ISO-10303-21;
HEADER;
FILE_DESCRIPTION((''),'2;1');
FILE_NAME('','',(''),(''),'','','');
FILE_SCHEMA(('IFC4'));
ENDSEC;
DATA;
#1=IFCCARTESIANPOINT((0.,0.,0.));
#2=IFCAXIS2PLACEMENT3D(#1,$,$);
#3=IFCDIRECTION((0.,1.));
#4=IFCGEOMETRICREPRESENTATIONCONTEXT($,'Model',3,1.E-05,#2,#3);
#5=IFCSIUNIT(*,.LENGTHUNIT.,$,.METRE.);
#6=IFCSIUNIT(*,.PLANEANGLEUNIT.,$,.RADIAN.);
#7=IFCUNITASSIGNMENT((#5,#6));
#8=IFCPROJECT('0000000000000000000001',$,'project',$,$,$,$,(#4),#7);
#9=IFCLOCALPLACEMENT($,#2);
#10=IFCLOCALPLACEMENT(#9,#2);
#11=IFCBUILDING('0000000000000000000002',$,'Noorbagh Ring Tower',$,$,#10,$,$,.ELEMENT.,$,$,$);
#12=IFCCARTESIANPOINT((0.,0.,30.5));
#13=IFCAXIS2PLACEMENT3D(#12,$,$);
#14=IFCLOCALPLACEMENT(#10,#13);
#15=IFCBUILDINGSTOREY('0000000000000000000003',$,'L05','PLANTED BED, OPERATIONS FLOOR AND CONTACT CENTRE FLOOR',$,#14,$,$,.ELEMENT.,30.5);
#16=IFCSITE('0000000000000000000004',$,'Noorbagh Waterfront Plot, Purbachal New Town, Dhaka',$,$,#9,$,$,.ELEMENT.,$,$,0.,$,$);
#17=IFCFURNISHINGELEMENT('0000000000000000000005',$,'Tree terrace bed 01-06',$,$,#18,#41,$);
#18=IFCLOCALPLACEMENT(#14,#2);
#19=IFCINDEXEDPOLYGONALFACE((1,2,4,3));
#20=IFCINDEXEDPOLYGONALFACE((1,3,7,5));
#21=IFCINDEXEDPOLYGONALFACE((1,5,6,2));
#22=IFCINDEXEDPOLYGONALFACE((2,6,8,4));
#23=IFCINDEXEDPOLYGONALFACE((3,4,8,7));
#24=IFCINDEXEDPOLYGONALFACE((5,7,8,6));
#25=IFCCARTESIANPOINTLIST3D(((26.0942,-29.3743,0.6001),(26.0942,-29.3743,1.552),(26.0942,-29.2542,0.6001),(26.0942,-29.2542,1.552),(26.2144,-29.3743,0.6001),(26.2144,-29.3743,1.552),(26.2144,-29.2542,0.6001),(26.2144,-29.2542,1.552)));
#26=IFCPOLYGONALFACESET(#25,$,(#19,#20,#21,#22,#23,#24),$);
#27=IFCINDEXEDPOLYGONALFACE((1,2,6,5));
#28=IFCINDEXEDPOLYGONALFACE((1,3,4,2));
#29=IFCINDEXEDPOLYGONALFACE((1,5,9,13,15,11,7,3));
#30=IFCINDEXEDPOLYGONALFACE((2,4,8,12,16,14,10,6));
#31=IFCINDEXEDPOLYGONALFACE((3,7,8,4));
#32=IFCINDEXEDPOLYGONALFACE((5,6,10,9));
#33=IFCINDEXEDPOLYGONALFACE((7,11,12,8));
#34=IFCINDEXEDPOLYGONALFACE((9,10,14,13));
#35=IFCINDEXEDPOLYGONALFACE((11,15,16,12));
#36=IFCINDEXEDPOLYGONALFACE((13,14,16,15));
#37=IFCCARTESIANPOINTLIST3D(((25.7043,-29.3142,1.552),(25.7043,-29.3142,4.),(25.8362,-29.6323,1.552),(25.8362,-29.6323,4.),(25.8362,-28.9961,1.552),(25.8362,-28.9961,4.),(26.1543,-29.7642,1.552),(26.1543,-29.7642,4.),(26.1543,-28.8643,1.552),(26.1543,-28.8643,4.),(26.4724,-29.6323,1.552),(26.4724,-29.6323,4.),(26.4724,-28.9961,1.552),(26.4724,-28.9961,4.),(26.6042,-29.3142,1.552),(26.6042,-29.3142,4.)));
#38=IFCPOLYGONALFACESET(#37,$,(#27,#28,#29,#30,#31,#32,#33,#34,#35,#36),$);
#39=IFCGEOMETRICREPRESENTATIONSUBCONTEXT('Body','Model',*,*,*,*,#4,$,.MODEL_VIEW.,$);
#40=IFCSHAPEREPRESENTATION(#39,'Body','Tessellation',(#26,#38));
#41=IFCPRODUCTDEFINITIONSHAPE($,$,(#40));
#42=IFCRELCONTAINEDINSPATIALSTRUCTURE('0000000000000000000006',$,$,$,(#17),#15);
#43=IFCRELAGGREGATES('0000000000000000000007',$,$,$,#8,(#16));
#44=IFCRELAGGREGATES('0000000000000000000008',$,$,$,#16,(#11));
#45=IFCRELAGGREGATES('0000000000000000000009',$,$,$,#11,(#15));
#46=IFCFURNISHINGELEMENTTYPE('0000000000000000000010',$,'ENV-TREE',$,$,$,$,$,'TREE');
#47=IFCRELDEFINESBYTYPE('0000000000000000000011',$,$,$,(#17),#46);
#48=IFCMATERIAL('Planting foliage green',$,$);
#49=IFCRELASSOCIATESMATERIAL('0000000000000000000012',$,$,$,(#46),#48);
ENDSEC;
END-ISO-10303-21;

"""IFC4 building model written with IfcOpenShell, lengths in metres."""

from ifc_helpers import new_model, si_unit, direction, frame, origin, origin_2d, place, context, subcontext, project, spatial, polyline, rectangle, outline, extrude, material, type_object, element, save


model = new_model("IFC4")

# Units and contexts
model_context = context("Model", 3, precision=1e-05, world=origin(), true_north=direction((0.0, 1.0)))
body_context = subcontext(model_context, "Body", "Model", "MODEL_VIEW")
ifc_project = project(units=[si_unit("LENGTHUNIT", "METRE"), si_unit("PLANEANGLEUNIT", "RADIAN")], contexts=[model_context])

# Site, building, storey
site_placement = place(None, origin())
site = spatial("IfcSite", under=ifc_project, at=site_placement, Name="Noorbagh Waterfront Plot, Purbachal New Town, Dhaka", CompositionType="ELEMENT", RefElevation=0.0)
building_placement = place(site_placement, origin())
building = spatial("IfcBuilding", under=site, at=building_placement, Name="Noorbagh Ring Tower", CompositionType="ELEMENT")
storey_placement = place(building_placement, frame((0.0, 0.0, 30.5)))
storey = spatial("IfcBuildingStorey", under=building, at=storey_placement, Name="L05", Description="PLANTED BED, OPERATIONS FLOOR AND CONTACT CENTRE FLOOR", CompositionType="ELEMENT", Elevation=30.5)

# Furnishing element
ifc_material_1 = material(Name="Planting foliage green")
furnishing_element_type = type_object("IfcFurnishingElementType", Name="ENV-TREE", ElementType="TREE", material=ifc_material_1)
for number, where, z_axis, x_axis, name in (
    (1, (26.1543, -29.3142, 0.6001), (0.0, 0.0, 1.0), (1.0, 0.0, 0.0), "Tree terrace bed 01-06"),
):
    element("IfcFurnishingElement", number, at=place(storey_placement, frame(where, z_axis=z_axis, x_axis=x_axis)), inside=storey, type_object=furnishing_element_type, Name=name, context=body_context, shape_type="SweptSolid", body=[
        extrude(rectangle(XDim=0.1201, YDim=0.1201, at=origin_2d()), origin(), (0.0, 0.0, 1.0), 0.9519),
        extrude(outline(polyline([(0.45, 0.0), (0.3181, 0.3181), (0.0, 0.45), (-0.3181, 0.3181), (-0.45, 0.0), (-0.3181, -0.3181), (0.0, -0.45), (0.3181, -0.3181), (0.45, 0.0)])), frame((0.0, 0.0, 0.9519)), (0.0, 0.0, 1.0), 2.448),
    ])

save(model, "model.ifc")
